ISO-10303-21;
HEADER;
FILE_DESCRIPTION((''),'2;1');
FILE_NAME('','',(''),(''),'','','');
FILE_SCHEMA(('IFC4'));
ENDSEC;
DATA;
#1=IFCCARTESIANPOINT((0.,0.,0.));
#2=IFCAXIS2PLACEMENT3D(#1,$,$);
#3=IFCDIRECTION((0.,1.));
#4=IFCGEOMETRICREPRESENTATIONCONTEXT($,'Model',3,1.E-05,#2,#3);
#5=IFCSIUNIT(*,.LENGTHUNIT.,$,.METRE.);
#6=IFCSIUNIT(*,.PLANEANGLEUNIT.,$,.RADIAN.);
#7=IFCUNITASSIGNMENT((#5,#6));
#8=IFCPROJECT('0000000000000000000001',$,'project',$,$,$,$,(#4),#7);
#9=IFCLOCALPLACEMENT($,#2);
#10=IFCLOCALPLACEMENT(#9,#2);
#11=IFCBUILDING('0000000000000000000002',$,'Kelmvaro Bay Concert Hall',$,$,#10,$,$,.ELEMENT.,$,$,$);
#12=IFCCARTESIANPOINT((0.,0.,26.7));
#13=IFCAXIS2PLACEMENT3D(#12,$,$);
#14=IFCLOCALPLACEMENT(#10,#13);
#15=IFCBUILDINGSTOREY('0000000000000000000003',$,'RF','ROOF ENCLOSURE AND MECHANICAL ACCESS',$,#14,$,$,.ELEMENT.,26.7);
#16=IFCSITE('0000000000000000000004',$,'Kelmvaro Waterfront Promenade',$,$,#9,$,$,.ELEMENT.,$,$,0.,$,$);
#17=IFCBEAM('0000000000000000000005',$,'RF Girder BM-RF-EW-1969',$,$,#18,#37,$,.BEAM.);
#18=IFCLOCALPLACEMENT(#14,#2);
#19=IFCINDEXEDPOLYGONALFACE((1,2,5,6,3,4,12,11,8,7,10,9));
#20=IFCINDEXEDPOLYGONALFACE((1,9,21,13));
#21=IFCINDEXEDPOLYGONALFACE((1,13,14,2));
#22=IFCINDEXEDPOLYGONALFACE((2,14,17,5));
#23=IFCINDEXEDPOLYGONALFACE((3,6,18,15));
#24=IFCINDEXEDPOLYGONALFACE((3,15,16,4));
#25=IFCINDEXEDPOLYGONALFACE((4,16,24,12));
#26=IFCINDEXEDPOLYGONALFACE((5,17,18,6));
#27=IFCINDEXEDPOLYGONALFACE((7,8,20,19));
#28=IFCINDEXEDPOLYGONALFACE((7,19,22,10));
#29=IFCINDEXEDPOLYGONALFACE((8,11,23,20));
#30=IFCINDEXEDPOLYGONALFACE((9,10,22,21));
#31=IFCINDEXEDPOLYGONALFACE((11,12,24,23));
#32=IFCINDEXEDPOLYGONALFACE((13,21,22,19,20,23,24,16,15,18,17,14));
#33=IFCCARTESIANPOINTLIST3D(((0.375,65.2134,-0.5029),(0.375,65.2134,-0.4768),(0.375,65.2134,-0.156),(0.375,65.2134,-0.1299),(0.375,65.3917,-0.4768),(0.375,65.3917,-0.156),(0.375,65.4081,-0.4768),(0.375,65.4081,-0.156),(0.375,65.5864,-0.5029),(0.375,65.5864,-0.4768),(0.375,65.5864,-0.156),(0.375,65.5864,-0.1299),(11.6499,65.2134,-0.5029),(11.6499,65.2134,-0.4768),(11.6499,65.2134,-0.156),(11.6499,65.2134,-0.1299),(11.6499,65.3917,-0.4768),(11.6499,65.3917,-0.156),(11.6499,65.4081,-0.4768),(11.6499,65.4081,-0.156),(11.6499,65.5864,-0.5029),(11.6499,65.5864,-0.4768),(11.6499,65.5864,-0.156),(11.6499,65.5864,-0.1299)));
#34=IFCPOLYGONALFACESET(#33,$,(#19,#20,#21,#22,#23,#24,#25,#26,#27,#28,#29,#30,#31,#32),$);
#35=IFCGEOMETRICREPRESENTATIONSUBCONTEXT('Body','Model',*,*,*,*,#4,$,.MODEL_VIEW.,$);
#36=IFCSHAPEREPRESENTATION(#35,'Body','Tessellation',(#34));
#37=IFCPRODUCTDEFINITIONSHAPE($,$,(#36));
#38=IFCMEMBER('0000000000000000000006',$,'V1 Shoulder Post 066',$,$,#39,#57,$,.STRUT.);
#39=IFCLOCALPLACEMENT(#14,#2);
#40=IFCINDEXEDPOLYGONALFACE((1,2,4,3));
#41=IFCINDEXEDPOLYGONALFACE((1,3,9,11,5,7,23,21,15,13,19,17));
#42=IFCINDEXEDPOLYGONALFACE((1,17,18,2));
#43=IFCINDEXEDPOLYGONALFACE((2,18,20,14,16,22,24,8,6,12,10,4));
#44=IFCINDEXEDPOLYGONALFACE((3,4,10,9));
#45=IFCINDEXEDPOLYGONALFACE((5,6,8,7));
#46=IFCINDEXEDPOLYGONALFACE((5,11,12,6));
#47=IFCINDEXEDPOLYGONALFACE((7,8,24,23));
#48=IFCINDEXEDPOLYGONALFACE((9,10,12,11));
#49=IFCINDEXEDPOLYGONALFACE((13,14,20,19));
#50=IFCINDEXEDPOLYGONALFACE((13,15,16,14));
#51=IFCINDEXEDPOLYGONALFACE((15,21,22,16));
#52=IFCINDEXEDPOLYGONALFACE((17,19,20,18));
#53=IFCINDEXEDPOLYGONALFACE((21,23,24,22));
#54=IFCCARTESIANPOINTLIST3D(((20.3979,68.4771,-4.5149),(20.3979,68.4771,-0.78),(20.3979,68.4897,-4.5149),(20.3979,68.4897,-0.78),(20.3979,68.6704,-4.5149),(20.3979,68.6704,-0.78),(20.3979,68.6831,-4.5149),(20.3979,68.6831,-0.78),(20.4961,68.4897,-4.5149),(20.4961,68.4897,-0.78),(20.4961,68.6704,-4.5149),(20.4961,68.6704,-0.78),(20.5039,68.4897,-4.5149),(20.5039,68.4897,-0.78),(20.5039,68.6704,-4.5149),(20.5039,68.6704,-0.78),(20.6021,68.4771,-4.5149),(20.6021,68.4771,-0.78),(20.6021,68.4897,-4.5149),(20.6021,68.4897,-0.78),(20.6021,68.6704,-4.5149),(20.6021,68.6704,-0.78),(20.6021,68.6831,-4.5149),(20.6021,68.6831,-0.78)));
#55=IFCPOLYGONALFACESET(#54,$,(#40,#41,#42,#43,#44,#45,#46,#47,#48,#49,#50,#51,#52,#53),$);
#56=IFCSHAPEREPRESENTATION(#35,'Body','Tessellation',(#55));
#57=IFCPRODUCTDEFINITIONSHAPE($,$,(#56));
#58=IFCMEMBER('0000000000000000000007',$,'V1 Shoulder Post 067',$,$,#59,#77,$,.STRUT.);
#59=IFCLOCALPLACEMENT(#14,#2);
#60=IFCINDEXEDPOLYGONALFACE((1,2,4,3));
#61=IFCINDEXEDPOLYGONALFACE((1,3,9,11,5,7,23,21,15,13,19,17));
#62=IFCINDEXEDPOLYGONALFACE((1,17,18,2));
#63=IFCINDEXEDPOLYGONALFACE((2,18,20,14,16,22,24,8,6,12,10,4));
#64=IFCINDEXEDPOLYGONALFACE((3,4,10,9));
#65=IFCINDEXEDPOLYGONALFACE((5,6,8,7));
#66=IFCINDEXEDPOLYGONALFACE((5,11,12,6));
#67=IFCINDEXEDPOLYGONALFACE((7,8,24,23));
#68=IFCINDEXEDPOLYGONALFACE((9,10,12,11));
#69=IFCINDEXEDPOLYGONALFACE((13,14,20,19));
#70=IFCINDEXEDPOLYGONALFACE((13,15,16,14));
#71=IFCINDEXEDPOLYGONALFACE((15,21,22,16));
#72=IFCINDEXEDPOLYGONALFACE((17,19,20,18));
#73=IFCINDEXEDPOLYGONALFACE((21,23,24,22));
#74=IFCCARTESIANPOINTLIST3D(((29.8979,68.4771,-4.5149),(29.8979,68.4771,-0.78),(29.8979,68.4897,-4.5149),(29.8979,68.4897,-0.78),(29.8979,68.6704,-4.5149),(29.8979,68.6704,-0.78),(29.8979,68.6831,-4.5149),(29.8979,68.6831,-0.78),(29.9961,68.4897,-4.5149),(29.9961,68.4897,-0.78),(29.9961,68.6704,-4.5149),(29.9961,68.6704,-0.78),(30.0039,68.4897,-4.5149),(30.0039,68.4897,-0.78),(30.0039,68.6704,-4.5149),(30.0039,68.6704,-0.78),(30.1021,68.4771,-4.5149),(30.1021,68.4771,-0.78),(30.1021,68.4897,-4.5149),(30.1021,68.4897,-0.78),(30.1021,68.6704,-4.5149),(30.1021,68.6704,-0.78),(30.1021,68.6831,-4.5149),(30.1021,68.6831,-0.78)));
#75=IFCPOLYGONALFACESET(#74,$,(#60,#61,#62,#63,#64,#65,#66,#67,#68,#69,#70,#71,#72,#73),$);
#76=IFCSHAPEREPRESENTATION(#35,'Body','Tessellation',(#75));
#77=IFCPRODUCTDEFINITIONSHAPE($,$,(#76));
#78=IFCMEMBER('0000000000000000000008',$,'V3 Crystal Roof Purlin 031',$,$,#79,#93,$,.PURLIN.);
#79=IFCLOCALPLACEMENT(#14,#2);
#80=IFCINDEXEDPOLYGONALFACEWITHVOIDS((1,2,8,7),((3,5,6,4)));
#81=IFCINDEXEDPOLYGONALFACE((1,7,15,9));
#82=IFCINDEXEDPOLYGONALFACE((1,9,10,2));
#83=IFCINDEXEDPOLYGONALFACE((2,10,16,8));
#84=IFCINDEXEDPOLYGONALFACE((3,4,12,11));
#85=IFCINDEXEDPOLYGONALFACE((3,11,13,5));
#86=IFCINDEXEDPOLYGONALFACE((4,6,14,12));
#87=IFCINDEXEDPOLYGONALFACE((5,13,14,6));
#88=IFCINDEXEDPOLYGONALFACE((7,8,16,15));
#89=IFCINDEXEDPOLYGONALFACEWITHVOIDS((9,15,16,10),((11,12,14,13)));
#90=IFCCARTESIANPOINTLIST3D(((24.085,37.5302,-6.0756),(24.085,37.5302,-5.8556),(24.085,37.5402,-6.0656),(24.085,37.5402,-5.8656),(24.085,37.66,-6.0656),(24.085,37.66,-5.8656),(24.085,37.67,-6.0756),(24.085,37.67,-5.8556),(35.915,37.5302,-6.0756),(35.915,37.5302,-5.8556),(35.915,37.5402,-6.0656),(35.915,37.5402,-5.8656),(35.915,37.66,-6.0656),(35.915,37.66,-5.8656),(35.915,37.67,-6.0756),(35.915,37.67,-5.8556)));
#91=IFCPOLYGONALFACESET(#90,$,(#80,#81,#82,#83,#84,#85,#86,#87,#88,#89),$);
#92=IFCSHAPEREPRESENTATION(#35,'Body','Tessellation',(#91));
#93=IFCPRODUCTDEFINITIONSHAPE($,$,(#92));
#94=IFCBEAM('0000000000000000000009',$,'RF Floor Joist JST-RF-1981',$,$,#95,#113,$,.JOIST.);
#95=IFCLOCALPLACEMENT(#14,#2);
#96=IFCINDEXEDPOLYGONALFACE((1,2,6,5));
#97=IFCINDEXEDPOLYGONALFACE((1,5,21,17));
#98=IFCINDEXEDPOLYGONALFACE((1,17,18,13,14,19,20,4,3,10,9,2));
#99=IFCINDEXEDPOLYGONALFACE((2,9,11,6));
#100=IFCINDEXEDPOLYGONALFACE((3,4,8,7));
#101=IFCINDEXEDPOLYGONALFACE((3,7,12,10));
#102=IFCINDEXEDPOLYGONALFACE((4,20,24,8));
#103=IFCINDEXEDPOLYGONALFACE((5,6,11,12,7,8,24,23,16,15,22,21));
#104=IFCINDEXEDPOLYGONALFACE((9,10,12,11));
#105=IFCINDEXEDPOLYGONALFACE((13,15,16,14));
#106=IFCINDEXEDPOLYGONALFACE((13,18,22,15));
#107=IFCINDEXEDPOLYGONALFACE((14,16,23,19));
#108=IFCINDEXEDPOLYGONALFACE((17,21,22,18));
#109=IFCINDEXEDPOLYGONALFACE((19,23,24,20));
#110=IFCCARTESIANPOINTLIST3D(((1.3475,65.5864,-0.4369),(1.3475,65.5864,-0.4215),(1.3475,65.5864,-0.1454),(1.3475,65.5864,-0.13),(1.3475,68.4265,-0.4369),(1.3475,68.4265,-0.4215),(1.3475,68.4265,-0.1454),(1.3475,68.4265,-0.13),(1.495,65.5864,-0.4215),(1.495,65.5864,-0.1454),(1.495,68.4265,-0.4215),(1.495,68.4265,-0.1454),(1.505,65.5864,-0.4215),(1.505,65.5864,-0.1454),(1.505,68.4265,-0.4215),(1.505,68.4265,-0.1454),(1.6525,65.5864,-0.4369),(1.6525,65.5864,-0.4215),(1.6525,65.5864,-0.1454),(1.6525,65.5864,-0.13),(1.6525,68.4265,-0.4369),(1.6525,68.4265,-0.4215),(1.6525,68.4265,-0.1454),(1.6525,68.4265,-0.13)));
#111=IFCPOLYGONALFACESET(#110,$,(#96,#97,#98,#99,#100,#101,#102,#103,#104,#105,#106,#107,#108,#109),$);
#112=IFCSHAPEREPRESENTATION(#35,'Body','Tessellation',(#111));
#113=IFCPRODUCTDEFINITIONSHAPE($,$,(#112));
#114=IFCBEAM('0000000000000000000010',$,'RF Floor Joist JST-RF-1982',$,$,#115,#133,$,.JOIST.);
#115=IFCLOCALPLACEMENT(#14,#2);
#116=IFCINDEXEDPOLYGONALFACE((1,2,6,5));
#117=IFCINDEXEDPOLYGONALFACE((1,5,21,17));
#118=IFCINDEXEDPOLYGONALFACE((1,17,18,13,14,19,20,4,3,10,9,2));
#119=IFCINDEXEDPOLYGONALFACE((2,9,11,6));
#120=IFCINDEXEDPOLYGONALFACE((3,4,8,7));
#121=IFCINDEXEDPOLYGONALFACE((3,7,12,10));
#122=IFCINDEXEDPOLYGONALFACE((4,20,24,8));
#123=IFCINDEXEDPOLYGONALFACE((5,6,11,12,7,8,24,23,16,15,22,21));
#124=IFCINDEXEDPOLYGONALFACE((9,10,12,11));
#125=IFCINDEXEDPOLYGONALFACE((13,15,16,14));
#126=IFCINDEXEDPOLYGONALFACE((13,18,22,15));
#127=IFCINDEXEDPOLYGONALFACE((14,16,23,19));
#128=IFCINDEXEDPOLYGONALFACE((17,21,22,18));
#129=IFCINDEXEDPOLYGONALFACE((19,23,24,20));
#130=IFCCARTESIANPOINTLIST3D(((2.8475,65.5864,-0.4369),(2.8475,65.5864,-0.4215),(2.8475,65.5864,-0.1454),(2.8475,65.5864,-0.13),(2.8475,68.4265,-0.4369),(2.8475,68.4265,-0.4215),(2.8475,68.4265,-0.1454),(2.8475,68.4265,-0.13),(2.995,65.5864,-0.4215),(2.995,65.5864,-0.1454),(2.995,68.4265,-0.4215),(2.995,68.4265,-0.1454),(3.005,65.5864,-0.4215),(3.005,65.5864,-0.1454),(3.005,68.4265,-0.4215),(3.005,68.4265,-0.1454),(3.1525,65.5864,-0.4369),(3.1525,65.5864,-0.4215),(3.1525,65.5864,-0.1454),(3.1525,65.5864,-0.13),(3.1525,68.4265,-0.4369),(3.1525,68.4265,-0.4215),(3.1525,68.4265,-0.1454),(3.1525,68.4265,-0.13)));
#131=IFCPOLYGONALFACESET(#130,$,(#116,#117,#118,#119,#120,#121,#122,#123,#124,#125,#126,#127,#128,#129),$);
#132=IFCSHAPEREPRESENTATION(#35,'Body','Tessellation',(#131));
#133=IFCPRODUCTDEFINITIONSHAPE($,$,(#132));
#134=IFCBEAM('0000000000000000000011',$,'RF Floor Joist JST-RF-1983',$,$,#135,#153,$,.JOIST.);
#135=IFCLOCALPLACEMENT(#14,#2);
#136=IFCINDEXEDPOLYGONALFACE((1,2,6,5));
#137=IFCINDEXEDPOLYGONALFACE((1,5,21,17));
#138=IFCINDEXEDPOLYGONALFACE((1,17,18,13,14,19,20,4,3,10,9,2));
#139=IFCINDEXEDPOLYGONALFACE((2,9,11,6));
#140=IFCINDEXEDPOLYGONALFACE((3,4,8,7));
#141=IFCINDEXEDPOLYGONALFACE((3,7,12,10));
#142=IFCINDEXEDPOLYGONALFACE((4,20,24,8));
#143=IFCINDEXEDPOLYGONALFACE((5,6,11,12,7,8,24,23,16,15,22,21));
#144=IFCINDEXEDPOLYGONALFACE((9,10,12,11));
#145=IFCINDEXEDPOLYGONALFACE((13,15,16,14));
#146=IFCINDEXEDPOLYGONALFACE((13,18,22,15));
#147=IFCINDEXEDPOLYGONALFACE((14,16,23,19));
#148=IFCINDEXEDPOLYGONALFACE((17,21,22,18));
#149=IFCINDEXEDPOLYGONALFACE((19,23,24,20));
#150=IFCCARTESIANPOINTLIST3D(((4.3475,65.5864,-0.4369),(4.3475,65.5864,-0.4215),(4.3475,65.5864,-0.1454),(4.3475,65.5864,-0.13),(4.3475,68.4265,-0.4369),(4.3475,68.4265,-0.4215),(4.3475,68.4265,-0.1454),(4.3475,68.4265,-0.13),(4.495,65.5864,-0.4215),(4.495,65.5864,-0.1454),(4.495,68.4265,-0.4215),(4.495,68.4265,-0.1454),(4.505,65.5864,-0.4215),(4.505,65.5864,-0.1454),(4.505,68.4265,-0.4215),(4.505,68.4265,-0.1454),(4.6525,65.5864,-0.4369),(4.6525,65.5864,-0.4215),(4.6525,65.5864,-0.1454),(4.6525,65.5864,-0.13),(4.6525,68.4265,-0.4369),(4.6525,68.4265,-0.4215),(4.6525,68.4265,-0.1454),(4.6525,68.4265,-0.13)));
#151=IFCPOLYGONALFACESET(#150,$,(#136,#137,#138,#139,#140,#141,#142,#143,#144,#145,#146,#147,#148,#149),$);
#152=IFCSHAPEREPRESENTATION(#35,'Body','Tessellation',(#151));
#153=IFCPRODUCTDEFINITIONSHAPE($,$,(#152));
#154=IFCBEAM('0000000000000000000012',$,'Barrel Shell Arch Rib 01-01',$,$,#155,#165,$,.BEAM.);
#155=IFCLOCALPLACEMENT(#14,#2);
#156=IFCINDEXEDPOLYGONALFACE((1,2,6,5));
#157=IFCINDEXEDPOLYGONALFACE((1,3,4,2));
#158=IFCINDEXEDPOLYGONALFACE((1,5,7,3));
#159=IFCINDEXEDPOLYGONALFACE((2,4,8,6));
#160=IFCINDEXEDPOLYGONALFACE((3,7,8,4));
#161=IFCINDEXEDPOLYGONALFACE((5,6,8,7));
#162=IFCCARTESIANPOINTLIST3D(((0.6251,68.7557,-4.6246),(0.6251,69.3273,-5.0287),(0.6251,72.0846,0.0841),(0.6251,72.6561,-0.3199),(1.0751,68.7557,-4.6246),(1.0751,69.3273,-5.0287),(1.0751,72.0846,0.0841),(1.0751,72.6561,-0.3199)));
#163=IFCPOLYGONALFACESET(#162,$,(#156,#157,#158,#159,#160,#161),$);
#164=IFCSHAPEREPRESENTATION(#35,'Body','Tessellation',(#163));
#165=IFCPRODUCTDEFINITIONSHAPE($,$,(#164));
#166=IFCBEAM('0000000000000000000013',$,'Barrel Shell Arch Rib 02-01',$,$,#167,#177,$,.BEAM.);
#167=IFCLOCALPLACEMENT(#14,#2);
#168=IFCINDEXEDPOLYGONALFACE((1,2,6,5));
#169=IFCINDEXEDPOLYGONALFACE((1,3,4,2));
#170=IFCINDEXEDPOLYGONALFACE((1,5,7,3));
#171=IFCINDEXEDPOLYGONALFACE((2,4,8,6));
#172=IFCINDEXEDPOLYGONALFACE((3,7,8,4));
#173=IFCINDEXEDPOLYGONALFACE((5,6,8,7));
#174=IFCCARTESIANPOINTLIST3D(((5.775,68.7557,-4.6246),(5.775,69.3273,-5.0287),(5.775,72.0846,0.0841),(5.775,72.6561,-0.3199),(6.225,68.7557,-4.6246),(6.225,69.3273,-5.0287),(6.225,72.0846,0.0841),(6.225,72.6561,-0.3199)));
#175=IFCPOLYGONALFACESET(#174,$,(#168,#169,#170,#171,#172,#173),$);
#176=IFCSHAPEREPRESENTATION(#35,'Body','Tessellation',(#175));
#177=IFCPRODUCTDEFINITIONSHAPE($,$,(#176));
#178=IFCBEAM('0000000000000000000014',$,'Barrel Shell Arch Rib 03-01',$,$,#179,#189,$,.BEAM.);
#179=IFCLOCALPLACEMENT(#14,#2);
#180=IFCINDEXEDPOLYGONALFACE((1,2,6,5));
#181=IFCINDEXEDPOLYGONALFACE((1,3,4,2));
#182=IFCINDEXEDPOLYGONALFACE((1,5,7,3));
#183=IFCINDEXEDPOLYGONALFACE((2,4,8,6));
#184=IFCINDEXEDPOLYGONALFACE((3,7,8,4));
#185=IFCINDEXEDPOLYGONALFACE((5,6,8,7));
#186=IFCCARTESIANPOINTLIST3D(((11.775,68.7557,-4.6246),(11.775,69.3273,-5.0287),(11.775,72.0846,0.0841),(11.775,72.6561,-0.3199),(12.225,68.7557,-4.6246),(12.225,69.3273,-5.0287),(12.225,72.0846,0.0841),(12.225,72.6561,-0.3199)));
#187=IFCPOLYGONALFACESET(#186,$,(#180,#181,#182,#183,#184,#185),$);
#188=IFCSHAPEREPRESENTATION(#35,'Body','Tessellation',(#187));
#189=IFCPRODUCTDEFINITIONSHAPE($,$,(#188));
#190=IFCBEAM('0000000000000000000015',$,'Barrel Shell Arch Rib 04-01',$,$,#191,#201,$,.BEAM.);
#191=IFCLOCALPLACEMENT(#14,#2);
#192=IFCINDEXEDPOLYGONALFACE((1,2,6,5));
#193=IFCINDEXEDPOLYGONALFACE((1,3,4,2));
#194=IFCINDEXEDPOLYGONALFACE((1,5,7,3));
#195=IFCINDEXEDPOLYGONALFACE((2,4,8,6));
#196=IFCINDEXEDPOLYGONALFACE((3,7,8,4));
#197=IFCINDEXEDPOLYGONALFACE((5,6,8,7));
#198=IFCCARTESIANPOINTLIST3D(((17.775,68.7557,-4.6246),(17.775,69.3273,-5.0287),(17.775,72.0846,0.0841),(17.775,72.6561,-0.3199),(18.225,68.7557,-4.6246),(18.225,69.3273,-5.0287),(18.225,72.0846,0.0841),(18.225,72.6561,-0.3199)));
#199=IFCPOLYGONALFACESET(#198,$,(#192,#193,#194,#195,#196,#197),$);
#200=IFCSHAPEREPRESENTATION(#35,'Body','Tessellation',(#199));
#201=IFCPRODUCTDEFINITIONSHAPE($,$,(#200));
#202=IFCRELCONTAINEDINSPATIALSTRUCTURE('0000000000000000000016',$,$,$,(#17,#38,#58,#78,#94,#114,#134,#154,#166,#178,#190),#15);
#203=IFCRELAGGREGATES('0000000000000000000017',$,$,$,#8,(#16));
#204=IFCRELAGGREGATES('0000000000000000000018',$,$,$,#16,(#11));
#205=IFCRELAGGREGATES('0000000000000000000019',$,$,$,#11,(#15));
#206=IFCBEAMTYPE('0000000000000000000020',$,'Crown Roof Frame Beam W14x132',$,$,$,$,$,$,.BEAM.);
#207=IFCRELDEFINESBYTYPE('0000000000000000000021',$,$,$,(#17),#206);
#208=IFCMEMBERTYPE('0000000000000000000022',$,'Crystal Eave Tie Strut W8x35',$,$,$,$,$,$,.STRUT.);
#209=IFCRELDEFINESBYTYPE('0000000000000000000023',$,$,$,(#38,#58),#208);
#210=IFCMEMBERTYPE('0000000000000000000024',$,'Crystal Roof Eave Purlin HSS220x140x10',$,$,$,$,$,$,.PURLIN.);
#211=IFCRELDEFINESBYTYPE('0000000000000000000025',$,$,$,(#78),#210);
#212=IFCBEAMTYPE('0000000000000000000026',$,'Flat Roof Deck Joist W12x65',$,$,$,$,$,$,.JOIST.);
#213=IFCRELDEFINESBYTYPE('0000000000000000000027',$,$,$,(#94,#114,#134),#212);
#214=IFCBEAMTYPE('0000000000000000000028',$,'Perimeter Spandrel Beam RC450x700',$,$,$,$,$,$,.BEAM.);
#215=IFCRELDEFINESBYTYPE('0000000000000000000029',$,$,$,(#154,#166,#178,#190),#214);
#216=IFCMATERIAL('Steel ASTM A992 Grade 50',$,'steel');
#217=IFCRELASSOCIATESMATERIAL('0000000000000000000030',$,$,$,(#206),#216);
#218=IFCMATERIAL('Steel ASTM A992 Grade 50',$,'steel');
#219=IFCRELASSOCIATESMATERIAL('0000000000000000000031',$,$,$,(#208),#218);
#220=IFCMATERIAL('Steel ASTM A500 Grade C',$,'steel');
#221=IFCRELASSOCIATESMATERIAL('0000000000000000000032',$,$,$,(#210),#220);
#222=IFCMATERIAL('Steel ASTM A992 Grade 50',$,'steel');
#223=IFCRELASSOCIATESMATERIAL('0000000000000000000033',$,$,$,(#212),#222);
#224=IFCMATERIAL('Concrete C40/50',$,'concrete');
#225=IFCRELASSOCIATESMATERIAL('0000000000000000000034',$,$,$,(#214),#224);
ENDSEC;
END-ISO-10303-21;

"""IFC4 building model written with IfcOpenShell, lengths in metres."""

from ifc_helpers import new_model, si_unit, direction, frame, origin, origin_2d, place, context, subcontext, project, spatial, rectangle, hollow_rectangle, i_section, extrude, material, material_profile, profile_set, type_object, element, save


model = new_model("IFC4")

# Units and contexts
model_context = context("Model", 3, precision=1e-05, world=origin(), true_north=direction((0.0, 1.0)))
body_context = subcontext(model_context, "Body", "Model", "MODEL_VIEW")
ifc_project = project(units=[si_unit("LENGTHUNIT", "METRE"), si_unit("PLANEANGLEUNIT", "RADIAN")], contexts=[model_context])

# Site, building, storey
site_placement = place(None, origin())
site = spatial("IfcSite", under=ifc_project, at=site_placement, Name="Kelmvaro Waterfront Promenade", CompositionType="ELEMENT", RefElevation=0.0)
building_placement = place(site_placement, origin())
building = spatial("IfcBuilding", under=site, at=building_placement, Name="Kelmvaro Bay Concert Hall", CompositionType="ELEMENT")
storey_placement = place(building_placement, frame((0.0, 0.0, 26.7)))
storey = spatial("IfcBuildingStorey", under=building, at=storey_placement, Name="RF", Description="ROOF ENCLOSURE AND MECHANICAL ACCESS", CompositionType="ELEMENT", Elevation=26.7)

# Beam
ifc_material_1 = material(Name="Steel ASTM A992 Grade 50", Category="steel")
ifc_material_profile_1 = material_profile(ifc_material_1, i_section(OverallWidth=0.373, OverallDepth=0.373, WebThickness=0.0164, FlangeThickness=0.0261, at=origin_2d()), Name="W14X132")
ifc_profile_set_1 = profile_set([ifc_material_profile_1], Name="Steel ASTM A992 Grade 50")
beam_type_1 = type_object("IfcBeamType", Name="Crown Roof Frame Beam W14x132", PredefinedType="BEAM", material=ifc_profile_set_1)
beam_1_placement = place(storey_placement, frame((0.375, 65.3999, -0.3164), z_axis=(1.0, 0.0, 0.0), x_axis=(0.0, 1.0, 0.0)))
element("IfcBeam", 1, at=beam_1_placement, inside=storey, type_object=beam_type_1, Name="RF Girder BM-RF-EW-1969", PredefinedType="BEAM", context=body_context, shape_type="SweptSolid", body=[
    extrude(i_section(OverallWidth=0.373, OverallDepth=0.373, WebThickness=0.0164, FlangeThickness=0.0261, at=origin_2d()), origin(), (0.0, 0.0, 1.0), 11.2749),
])

# Members
ifc_material_2 = material(Name="Steel ASTM A992 Grade 50", Category="steel")
ifc_material_profile_2 = material_profile(ifc_material_2, i_section(OverallWidth=0.2041, OverallDepth=0.2061, WebThickness=0.0078, FlangeThickness=0.0127, at=origin_2d()), Name="W8X35")
ifc_profile_set_2 = profile_set([ifc_material_profile_2], Name="Steel ASTM A992 Grade 50")
member_type_1 = type_object("IfcMemberType", Name="Crystal Eave Tie Strut W8x35", PredefinedType="STRUT", material=ifc_profile_set_2)
for number, where, z_axis, x_axis, name in (
    (2, (20.5, 68.5801, -4.5149), (0.0, 0.0, 1.0), (1.0, 0.0, 0.0), "V1 Shoulder Post 066"),
    (3, (30.0, 68.5801, -4.5149), (0.0, 0.0, 1.0), (1.0, 0.0, 0.0), "V1 Shoulder Post 067"),
):
    element("IfcMember", number, at=place(storey_placement, frame(where, z_axis=z_axis, x_axis=x_axis)), inside=storey, type_object=member_type_1, Name=name, PredefinedType="STRUT", context=body_context, shape_type="SweptSolid", body=[
        extrude(i_section(OverallWidth=0.2041, OverallDepth=0.2061, WebThickness=0.0078, FlangeThickness=0.0127, at=origin_2d()), origin(), (0.0, 0.0, 1.0), 3.7349),
    ])
ifc_material_3 = material(Name="Steel ASTM A500 Grade C", Category="steel")
ifc_material_profile_3 = material_profile(ifc_material_3, hollow_rectangle(XDim=0.1399, YDim=0.22, WallThickness=0.01, at=origin_2d()), Name="HSS220X140X10")
ifc_profile_set_3 = profile_set([ifc_material_profile_3], Name="Steel ASTM A500 Grade C")
member_type_2 = type_object("IfcMemberType", Name="Crystal Roof Eave Purlin HSS220x140x10", PredefinedType="PURLIN", material=ifc_profile_set_3)
member_1_placement = place(storey_placement, frame((24.085, 37.6001, -5.9656), z_axis=(1.0, 0.0, 0.0), x_axis=(0.0, 1.0, 0.0)))
element("IfcMember", 4, at=member_1_placement, inside=storey, type_object=member_type_2, Name="V3 Crystal Roof Purlin 031", PredefinedType="PURLIN", context=body_context, shape_type="SweptSolid", body=[
    extrude(hollow_rectangle(XDim=0.1399, YDim=0.22, WallThickness=0.01, at=origin_2d()), origin(), (0.0, 0.0, 1.0), 11.8301),
])

# Beams
ifc_material_4 = material(Name="Steel ASTM A992 Grade 50", Category="steel")
ifc_material_profile_4 = material_profile(ifc_material_4, i_section(OverallWidth=0.3049, OverallDepth=0.3069, WebThickness=0.01, FlangeThickness=0.0154, at=origin_2d()), Name="W12X65")
ifc_profile_set_4 = profile_set([ifc_material_profile_4], Name="Steel ASTM A992 Grade 50")
beam_type_2 = type_object("IfcBeamType", Name="Flat Roof Deck Joist W12x65", PredefinedType="JOIST", material=ifc_profile_set_4)
for number, where, z_axis, x_axis, name in (
    (5, (1.5, 65.5864, -0.2834), (0.0, 1.0, 0.0), (-1.0, 0.0, 0.0), "RF Floor Joist JST-RF-1981"),
    (6, (3.0, 65.5864, -0.2834), (0.0, 1.0, 0.0), (-1.0, 0.0, 0.0), "RF Floor Joist JST-RF-1982"),
    (7, (4.5, 65.5864, -0.2834), (0.0, 1.0, 0.0), (-1.0, 0.0, 0.0), "RF Floor Joist JST-RF-1983"),
):
    element("IfcBeam", number, at=place(storey_placement, frame(where, z_axis=z_axis, x_axis=x_axis)), inside=storey, type_object=beam_type_2, Name=name, PredefinedType="JOIST", context=body_context, shape_type="SweptSolid", body=[
        extrude(i_section(OverallWidth=0.3049, OverallDepth=0.3069, WebThickness=0.01, FlangeThickness=0.0154, at=origin_2d()), origin(), (0.0, 0.0, 1.0), 2.8401),
    ])
ifc_material_5 = material(Name="Concrete C40/50", Category="concrete")
ifc_material_profile_5 = material_profile(ifc_material_5, rectangle(XDim=0.45, YDim=0.7, at=origin_2d()), Name="RC-BM-450X700")
ifc_profile_set_5 = profile_set([ifc_material_profile_5], Name="Concrete C40/50")
beam_type_3 = type_object("IfcBeamType", Name="Perimeter Spandrel Beam RC450x700", PredefinedType="BEAM", material=ifc_profile_set_5)
for number, where, z_axis, x_axis, name in (
    (8, (0.8501, 69.0415, -4.8267), (0.0, 0.577266, 0.816556), (-1.0, 0.0, 0.0), "Barrel Shell Arch Rib 01-01"),
    (9, (6.0, 69.0415, -4.8267), (0.0, 0.577266, 0.816556), (-1.0, 0.0, 0.0), "Barrel Shell Arch Rib 02-01"),
    (10, (12.0, 69.0415, -4.8267), (0.0, 0.577266, 0.816556), (-1.0, 0.0, 0.0), "Barrel Shell Arch Rib 03-01"),
    (11, (18.0, 69.0415, -4.8267), (0.0, 0.577266, 0.816556), (-1.0, 0.0, 0.0), "Barrel Shell Arch Rib 04-01"),
):
    element("IfcBeam", number, at=place(storey_placement, frame(where, z_axis=z_axis, x_axis=x_axis)), inside=storey, type_object=beam_type_3, Name=name, PredefinedType="BEAM", context=body_context, shape_type="SweptSolid", body=[
        extrude(rectangle(XDim=0.45, YDim=0.7, at=origin_2d()), origin(), (0.0, 0.0, 1.0), 5.7666),
    ])

save(model, "model.ifc")
